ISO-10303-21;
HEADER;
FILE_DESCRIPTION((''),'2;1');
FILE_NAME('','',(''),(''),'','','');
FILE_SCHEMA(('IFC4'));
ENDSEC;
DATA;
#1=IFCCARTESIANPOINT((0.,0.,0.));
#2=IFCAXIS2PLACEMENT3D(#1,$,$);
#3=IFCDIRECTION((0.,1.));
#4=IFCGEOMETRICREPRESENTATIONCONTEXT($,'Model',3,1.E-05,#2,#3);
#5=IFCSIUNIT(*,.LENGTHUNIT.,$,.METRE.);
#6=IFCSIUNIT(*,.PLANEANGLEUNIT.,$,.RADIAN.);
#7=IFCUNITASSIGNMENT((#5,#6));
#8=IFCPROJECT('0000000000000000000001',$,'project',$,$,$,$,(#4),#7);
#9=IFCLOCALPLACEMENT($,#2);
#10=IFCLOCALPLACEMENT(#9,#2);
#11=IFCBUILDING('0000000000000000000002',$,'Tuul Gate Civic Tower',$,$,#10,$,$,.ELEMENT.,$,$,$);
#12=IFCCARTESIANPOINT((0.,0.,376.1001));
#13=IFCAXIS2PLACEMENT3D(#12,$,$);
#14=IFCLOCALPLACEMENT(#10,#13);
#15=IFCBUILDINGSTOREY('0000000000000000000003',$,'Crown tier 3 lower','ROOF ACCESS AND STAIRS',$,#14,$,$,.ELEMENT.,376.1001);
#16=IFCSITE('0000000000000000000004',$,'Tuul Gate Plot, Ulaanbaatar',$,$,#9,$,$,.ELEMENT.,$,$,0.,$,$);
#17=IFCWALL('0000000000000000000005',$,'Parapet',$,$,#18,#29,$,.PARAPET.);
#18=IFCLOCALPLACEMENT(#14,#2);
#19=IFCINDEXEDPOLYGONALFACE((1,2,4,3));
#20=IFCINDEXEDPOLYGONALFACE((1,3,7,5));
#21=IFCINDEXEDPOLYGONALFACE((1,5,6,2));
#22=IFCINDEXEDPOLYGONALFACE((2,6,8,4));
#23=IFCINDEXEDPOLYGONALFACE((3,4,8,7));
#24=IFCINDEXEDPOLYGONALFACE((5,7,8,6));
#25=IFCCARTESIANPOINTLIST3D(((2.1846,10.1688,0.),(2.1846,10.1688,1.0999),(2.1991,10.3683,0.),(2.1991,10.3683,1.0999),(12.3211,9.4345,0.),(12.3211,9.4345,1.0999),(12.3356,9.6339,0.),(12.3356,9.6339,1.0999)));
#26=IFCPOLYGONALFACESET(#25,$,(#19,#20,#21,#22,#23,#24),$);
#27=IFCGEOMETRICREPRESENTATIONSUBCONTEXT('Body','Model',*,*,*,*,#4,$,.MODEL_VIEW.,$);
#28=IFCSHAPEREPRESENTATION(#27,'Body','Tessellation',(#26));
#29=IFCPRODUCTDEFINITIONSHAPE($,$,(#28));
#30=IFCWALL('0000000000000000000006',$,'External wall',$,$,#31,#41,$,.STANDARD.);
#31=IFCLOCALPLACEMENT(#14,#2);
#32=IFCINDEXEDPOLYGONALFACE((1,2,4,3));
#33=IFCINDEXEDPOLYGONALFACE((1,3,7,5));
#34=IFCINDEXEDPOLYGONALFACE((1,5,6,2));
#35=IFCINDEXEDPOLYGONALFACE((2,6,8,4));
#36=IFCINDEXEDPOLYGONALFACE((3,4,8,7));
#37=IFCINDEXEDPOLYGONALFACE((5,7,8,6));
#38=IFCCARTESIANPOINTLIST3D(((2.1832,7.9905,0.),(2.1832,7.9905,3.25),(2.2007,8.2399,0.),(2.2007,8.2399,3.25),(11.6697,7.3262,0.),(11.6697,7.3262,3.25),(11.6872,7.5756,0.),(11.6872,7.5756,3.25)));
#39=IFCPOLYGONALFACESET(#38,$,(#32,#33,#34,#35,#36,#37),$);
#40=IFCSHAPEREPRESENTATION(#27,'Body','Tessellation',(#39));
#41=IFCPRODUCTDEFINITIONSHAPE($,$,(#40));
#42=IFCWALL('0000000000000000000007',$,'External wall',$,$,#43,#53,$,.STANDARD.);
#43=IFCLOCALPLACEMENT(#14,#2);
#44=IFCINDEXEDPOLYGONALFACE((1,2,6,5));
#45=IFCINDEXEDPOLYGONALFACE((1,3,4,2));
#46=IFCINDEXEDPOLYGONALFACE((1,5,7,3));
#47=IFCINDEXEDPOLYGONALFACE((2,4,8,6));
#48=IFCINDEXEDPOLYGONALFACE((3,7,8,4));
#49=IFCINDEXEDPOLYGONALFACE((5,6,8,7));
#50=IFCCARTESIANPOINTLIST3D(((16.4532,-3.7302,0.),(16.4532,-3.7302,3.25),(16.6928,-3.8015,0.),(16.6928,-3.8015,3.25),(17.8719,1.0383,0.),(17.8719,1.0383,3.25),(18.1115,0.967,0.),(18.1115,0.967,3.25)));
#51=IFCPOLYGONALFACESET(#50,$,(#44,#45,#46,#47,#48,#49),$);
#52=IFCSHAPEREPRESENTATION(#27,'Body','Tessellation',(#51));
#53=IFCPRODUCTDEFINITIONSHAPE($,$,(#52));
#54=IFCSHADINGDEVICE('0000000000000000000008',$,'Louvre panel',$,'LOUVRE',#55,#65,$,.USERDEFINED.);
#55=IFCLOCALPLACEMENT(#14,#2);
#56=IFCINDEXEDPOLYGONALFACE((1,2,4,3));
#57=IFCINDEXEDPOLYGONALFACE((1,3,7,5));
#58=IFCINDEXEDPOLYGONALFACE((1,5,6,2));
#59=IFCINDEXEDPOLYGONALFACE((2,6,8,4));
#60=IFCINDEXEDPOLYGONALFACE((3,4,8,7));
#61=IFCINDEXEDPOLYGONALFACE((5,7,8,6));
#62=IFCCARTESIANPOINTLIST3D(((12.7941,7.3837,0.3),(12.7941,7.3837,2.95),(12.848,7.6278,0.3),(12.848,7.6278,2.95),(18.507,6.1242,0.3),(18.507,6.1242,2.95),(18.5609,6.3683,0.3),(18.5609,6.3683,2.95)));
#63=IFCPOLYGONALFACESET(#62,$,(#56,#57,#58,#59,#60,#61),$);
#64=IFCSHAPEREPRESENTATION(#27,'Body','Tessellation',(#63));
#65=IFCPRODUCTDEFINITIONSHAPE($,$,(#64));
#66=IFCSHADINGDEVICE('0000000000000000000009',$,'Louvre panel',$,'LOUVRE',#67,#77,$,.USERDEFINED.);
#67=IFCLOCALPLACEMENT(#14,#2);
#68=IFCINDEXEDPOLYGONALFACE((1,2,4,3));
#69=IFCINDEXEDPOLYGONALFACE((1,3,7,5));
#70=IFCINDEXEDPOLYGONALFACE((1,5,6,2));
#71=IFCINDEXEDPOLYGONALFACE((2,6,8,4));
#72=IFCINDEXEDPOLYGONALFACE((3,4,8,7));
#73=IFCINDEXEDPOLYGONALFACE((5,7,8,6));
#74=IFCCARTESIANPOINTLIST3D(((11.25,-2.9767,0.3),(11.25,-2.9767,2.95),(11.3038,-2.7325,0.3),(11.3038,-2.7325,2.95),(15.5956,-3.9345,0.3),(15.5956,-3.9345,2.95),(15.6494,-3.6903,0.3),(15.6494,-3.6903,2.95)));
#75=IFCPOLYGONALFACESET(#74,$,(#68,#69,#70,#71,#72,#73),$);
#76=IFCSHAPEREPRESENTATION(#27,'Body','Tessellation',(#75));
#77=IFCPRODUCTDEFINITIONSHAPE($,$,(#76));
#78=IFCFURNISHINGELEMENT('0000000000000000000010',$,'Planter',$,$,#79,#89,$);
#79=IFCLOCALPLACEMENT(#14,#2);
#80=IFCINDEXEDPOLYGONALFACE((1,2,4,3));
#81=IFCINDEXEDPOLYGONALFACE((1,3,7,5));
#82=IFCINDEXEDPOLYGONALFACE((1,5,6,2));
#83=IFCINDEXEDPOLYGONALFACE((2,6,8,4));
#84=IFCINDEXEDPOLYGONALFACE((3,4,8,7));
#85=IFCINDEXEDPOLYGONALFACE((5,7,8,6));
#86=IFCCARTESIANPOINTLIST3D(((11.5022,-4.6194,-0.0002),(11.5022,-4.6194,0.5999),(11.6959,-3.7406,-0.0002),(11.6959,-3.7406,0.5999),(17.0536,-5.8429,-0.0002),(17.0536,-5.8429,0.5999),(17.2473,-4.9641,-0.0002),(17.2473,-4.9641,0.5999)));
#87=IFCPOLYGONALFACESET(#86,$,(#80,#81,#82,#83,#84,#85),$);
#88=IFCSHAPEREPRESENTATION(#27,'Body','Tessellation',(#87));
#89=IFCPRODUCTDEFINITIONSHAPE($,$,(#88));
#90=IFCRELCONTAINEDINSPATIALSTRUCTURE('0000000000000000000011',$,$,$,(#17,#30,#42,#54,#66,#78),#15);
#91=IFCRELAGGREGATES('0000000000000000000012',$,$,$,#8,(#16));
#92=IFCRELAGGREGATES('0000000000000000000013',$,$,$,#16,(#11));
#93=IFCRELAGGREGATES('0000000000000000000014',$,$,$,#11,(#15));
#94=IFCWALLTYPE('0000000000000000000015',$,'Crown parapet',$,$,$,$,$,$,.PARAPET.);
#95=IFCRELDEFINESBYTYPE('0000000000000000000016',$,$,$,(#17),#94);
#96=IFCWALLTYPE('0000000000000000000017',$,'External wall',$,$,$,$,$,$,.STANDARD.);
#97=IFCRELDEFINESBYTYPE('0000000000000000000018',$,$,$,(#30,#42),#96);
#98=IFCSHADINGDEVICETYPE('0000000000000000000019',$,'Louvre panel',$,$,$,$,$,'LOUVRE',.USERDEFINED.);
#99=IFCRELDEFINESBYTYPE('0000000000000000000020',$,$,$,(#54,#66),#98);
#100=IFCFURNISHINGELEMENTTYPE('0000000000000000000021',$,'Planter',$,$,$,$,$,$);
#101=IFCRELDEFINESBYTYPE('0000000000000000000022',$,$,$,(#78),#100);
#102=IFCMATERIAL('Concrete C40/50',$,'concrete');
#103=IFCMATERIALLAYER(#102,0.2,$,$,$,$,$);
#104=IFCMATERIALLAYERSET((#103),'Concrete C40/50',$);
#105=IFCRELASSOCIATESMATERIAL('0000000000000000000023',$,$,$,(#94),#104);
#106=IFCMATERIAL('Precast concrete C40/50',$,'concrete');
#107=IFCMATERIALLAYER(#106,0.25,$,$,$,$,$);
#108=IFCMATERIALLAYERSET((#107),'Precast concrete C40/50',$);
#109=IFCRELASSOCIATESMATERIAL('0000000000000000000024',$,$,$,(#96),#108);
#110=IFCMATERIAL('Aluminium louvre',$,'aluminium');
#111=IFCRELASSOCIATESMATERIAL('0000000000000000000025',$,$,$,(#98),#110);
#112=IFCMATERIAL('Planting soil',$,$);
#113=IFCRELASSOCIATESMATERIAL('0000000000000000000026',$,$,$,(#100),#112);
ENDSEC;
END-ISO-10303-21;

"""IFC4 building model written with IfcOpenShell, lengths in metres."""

from ifc_helpers import new_model, si_unit, direction, frame, frame_2d, origin, origin_2d, place, context, subcontext, project, spatial, rectangle, extrude, material, layer, layer_set, type_object, element, save


model = new_model("IFC4")

# Units and contexts
model_context = context("Model", 3, precision=1e-05, world=origin(), true_north=direction((0.0, 1.0)))
body_context = subcontext(model_context, "Body", "Model", "MODEL_VIEW")
ifc_project = project(units=[si_unit("LENGTHUNIT", "METRE"), si_unit("PLANEANGLEUNIT", "RADIAN")], contexts=[model_context])

# Site, building, storey
site_placement = place(None, origin())
site = spatial("IfcSite", under=ifc_project, at=site_placement, Name="Tuul Gate Plot, Ulaanbaatar", CompositionType="ELEMENT", RefElevation=0.0)
building_placement = place(site_placement, origin())
building = spatial("IfcBuilding", under=site, at=building_placement, Name="Tuul Gate Civic Tower", CompositionType="ELEMENT")
storey_placement = place(building_placement, frame((0.0, 0.0, 376.1001)))
storey = spatial("IfcBuildingStorey", under=building, at=storey_placement, Name="Crown tier 3 lower", Description="ROOF ACCESS AND STAIRS", CompositionType="ELEMENT", Elevation=376.1001)

# Walls
ifc_material_1 = material(Name="Concrete C40/50", Category="concrete")
ifc_layer_1 = layer(ifc_material_1, 0.2)
ifc_layer_set_1 = layer_set([ifc_layer_1], Name="Concrete C40/50")
wall_type_1 = type_object("IfcWallType", Name="Crown parapet", PredefinedType="PARAPET", material=ifc_layer_set_1)
wall_1_placement = place(storey_placement, frame((12.3284, 9.5342, 0.0), z_axis=(0.0, 0.0, 1.0), x_axis=(-0.997386, 0.072259, 0.0)))
element("IfcWall", 1, at=wall_1_placement, inside=storey, type_object=wall_type_1, Name="Parapet", PredefinedType="PARAPET", context=body_context, shape_type="SweptSolid", body=[
    extrude(rectangle(XDim=10.1631, YDim=0.2, at=frame_2d((5.0815, 0.0))), origin(), (0.0, 0.0, 1.0), 1.0999),
])
ifc_material_2 = material(Name="Precast concrete C40/50", Category="concrete")
ifc_layer_2 = layer(ifc_material_2, 0.25)
ifc_layer_set_2 = layer_set([ifc_layer_2], Name="Precast concrete C40/50")
wall_type_2 = type_object("IfcWallType", Name="External wall", PredefinedType="STANDARD", material=ifc_layer_set_2)
wall_2_placement = place(storey_placement, frame((11.6785, 7.4509, 0.0), z_axis=(0.0, 0.0, 1.0), x_axis=(-0.997557, 0.069855, 0.0)))
element("IfcWall", 2, at=wall_2_placement, inside=storey, type_object=wall_type_2, Name="External wall", PredefinedType="STANDARD", context=body_context, shape_type="SweptSolid", body=[
    extrude(rectangle(XDim=9.5098, YDim=0.25, at=frame_2d((4.7549, 0.0))), origin(), (0.0, 0.0, 1.0), 3.25),
])
wall_3_placement = place(storey_placement, frame((16.573, -3.7659, 0.0), z_axis=(0.0, 0.0, 1.0), x_axis=(0.285159, 0.95848, 0.0)))
element("IfcWall", 3, at=wall_3_placement, inside=storey, type_object=wall_type_2, Name="External wall", PredefinedType="STANDARD", context=body_context, shape_type="SweptSolid", body=[
    extrude(rectangle(XDim=4.9751, YDim=0.25, at=frame_2d((2.4875, 0.0))), origin(), (0.0, 0.0, 1.0), 3.25),
])

# Shading devices
ifc_material_3 = material(Name="Aluminium louvre", Category="aluminium")
shading_device_type = type_object("IfcShadingDeviceType", Name="Louvre panel", ElementType="LOUVRE", PredefinedType="USERDEFINED", material=ifc_material_3)
shading_device_1_placement = place(storey_placement, frame((15.6775, 6.876, 0.3), z_axis=(0.0, 0.0, 1.0), x_axis=(0.215298, 0.976548, 0.0)))
element("IfcShadingDevice", 4, at=shading_device_1_placement, inside=storey, type_object=shading_device_type, Name="Louvre panel", ObjectType="LOUVRE", PredefinedType="USERDEFINED", context=body_context, shape_type="SweptSolid", body=[
    extrude(rectangle(XDim=0.25, YDim=5.8501, at=origin_2d()), origin(), (0.0, 0.0, 1.0), 2.6499),
])
shading_device_2_placement = place(storey_placement, frame((13.4497, -3.3335, 0.3), z_axis=(0.0, 0.0, 1.0), x_axis=(-0.215243, -0.976561, 0.0)))
element("IfcShadingDevice", 5, at=shading_device_2_placement, inside=storey, type_object=shading_device_type, Name="Louvre panel", ObjectType="LOUVRE", PredefinedType="USERDEFINED", context=body_context, shape_type="SweptSolid", body=[
    extrude(rectangle(XDim=0.25, YDim=4.45, at=origin_2d()), origin(), (0.0, 0.0, 1.0), 2.6499),
])

# Furnishing element
ifc_material_4 = material(Name="Planting soil")
furnishing_element_type = type_object("IfcFurnishingElementType", Name="Planter", material=ifc_material_4)
furnishing_placement = place(storey_placement, frame((14.3748, -4.7917, -0.0002), z_axis=(0.0, 0.0, 1.0), x_axis=(0.976564, -0.215228, 0.0)))
element("IfcFurnishingElement", 6, at=furnishing_placement, inside=storey, type_object=furnishing_element_type, Name="Planter", context=body_context, shape_type="SweptSolid", body=[
    extrude(rectangle(XDim=5.6846, YDim=0.8999, at=origin_2d()), origin(), (0.0, 0.0, 1.0), 0.6001),
])

save(model, "model.ifc")
